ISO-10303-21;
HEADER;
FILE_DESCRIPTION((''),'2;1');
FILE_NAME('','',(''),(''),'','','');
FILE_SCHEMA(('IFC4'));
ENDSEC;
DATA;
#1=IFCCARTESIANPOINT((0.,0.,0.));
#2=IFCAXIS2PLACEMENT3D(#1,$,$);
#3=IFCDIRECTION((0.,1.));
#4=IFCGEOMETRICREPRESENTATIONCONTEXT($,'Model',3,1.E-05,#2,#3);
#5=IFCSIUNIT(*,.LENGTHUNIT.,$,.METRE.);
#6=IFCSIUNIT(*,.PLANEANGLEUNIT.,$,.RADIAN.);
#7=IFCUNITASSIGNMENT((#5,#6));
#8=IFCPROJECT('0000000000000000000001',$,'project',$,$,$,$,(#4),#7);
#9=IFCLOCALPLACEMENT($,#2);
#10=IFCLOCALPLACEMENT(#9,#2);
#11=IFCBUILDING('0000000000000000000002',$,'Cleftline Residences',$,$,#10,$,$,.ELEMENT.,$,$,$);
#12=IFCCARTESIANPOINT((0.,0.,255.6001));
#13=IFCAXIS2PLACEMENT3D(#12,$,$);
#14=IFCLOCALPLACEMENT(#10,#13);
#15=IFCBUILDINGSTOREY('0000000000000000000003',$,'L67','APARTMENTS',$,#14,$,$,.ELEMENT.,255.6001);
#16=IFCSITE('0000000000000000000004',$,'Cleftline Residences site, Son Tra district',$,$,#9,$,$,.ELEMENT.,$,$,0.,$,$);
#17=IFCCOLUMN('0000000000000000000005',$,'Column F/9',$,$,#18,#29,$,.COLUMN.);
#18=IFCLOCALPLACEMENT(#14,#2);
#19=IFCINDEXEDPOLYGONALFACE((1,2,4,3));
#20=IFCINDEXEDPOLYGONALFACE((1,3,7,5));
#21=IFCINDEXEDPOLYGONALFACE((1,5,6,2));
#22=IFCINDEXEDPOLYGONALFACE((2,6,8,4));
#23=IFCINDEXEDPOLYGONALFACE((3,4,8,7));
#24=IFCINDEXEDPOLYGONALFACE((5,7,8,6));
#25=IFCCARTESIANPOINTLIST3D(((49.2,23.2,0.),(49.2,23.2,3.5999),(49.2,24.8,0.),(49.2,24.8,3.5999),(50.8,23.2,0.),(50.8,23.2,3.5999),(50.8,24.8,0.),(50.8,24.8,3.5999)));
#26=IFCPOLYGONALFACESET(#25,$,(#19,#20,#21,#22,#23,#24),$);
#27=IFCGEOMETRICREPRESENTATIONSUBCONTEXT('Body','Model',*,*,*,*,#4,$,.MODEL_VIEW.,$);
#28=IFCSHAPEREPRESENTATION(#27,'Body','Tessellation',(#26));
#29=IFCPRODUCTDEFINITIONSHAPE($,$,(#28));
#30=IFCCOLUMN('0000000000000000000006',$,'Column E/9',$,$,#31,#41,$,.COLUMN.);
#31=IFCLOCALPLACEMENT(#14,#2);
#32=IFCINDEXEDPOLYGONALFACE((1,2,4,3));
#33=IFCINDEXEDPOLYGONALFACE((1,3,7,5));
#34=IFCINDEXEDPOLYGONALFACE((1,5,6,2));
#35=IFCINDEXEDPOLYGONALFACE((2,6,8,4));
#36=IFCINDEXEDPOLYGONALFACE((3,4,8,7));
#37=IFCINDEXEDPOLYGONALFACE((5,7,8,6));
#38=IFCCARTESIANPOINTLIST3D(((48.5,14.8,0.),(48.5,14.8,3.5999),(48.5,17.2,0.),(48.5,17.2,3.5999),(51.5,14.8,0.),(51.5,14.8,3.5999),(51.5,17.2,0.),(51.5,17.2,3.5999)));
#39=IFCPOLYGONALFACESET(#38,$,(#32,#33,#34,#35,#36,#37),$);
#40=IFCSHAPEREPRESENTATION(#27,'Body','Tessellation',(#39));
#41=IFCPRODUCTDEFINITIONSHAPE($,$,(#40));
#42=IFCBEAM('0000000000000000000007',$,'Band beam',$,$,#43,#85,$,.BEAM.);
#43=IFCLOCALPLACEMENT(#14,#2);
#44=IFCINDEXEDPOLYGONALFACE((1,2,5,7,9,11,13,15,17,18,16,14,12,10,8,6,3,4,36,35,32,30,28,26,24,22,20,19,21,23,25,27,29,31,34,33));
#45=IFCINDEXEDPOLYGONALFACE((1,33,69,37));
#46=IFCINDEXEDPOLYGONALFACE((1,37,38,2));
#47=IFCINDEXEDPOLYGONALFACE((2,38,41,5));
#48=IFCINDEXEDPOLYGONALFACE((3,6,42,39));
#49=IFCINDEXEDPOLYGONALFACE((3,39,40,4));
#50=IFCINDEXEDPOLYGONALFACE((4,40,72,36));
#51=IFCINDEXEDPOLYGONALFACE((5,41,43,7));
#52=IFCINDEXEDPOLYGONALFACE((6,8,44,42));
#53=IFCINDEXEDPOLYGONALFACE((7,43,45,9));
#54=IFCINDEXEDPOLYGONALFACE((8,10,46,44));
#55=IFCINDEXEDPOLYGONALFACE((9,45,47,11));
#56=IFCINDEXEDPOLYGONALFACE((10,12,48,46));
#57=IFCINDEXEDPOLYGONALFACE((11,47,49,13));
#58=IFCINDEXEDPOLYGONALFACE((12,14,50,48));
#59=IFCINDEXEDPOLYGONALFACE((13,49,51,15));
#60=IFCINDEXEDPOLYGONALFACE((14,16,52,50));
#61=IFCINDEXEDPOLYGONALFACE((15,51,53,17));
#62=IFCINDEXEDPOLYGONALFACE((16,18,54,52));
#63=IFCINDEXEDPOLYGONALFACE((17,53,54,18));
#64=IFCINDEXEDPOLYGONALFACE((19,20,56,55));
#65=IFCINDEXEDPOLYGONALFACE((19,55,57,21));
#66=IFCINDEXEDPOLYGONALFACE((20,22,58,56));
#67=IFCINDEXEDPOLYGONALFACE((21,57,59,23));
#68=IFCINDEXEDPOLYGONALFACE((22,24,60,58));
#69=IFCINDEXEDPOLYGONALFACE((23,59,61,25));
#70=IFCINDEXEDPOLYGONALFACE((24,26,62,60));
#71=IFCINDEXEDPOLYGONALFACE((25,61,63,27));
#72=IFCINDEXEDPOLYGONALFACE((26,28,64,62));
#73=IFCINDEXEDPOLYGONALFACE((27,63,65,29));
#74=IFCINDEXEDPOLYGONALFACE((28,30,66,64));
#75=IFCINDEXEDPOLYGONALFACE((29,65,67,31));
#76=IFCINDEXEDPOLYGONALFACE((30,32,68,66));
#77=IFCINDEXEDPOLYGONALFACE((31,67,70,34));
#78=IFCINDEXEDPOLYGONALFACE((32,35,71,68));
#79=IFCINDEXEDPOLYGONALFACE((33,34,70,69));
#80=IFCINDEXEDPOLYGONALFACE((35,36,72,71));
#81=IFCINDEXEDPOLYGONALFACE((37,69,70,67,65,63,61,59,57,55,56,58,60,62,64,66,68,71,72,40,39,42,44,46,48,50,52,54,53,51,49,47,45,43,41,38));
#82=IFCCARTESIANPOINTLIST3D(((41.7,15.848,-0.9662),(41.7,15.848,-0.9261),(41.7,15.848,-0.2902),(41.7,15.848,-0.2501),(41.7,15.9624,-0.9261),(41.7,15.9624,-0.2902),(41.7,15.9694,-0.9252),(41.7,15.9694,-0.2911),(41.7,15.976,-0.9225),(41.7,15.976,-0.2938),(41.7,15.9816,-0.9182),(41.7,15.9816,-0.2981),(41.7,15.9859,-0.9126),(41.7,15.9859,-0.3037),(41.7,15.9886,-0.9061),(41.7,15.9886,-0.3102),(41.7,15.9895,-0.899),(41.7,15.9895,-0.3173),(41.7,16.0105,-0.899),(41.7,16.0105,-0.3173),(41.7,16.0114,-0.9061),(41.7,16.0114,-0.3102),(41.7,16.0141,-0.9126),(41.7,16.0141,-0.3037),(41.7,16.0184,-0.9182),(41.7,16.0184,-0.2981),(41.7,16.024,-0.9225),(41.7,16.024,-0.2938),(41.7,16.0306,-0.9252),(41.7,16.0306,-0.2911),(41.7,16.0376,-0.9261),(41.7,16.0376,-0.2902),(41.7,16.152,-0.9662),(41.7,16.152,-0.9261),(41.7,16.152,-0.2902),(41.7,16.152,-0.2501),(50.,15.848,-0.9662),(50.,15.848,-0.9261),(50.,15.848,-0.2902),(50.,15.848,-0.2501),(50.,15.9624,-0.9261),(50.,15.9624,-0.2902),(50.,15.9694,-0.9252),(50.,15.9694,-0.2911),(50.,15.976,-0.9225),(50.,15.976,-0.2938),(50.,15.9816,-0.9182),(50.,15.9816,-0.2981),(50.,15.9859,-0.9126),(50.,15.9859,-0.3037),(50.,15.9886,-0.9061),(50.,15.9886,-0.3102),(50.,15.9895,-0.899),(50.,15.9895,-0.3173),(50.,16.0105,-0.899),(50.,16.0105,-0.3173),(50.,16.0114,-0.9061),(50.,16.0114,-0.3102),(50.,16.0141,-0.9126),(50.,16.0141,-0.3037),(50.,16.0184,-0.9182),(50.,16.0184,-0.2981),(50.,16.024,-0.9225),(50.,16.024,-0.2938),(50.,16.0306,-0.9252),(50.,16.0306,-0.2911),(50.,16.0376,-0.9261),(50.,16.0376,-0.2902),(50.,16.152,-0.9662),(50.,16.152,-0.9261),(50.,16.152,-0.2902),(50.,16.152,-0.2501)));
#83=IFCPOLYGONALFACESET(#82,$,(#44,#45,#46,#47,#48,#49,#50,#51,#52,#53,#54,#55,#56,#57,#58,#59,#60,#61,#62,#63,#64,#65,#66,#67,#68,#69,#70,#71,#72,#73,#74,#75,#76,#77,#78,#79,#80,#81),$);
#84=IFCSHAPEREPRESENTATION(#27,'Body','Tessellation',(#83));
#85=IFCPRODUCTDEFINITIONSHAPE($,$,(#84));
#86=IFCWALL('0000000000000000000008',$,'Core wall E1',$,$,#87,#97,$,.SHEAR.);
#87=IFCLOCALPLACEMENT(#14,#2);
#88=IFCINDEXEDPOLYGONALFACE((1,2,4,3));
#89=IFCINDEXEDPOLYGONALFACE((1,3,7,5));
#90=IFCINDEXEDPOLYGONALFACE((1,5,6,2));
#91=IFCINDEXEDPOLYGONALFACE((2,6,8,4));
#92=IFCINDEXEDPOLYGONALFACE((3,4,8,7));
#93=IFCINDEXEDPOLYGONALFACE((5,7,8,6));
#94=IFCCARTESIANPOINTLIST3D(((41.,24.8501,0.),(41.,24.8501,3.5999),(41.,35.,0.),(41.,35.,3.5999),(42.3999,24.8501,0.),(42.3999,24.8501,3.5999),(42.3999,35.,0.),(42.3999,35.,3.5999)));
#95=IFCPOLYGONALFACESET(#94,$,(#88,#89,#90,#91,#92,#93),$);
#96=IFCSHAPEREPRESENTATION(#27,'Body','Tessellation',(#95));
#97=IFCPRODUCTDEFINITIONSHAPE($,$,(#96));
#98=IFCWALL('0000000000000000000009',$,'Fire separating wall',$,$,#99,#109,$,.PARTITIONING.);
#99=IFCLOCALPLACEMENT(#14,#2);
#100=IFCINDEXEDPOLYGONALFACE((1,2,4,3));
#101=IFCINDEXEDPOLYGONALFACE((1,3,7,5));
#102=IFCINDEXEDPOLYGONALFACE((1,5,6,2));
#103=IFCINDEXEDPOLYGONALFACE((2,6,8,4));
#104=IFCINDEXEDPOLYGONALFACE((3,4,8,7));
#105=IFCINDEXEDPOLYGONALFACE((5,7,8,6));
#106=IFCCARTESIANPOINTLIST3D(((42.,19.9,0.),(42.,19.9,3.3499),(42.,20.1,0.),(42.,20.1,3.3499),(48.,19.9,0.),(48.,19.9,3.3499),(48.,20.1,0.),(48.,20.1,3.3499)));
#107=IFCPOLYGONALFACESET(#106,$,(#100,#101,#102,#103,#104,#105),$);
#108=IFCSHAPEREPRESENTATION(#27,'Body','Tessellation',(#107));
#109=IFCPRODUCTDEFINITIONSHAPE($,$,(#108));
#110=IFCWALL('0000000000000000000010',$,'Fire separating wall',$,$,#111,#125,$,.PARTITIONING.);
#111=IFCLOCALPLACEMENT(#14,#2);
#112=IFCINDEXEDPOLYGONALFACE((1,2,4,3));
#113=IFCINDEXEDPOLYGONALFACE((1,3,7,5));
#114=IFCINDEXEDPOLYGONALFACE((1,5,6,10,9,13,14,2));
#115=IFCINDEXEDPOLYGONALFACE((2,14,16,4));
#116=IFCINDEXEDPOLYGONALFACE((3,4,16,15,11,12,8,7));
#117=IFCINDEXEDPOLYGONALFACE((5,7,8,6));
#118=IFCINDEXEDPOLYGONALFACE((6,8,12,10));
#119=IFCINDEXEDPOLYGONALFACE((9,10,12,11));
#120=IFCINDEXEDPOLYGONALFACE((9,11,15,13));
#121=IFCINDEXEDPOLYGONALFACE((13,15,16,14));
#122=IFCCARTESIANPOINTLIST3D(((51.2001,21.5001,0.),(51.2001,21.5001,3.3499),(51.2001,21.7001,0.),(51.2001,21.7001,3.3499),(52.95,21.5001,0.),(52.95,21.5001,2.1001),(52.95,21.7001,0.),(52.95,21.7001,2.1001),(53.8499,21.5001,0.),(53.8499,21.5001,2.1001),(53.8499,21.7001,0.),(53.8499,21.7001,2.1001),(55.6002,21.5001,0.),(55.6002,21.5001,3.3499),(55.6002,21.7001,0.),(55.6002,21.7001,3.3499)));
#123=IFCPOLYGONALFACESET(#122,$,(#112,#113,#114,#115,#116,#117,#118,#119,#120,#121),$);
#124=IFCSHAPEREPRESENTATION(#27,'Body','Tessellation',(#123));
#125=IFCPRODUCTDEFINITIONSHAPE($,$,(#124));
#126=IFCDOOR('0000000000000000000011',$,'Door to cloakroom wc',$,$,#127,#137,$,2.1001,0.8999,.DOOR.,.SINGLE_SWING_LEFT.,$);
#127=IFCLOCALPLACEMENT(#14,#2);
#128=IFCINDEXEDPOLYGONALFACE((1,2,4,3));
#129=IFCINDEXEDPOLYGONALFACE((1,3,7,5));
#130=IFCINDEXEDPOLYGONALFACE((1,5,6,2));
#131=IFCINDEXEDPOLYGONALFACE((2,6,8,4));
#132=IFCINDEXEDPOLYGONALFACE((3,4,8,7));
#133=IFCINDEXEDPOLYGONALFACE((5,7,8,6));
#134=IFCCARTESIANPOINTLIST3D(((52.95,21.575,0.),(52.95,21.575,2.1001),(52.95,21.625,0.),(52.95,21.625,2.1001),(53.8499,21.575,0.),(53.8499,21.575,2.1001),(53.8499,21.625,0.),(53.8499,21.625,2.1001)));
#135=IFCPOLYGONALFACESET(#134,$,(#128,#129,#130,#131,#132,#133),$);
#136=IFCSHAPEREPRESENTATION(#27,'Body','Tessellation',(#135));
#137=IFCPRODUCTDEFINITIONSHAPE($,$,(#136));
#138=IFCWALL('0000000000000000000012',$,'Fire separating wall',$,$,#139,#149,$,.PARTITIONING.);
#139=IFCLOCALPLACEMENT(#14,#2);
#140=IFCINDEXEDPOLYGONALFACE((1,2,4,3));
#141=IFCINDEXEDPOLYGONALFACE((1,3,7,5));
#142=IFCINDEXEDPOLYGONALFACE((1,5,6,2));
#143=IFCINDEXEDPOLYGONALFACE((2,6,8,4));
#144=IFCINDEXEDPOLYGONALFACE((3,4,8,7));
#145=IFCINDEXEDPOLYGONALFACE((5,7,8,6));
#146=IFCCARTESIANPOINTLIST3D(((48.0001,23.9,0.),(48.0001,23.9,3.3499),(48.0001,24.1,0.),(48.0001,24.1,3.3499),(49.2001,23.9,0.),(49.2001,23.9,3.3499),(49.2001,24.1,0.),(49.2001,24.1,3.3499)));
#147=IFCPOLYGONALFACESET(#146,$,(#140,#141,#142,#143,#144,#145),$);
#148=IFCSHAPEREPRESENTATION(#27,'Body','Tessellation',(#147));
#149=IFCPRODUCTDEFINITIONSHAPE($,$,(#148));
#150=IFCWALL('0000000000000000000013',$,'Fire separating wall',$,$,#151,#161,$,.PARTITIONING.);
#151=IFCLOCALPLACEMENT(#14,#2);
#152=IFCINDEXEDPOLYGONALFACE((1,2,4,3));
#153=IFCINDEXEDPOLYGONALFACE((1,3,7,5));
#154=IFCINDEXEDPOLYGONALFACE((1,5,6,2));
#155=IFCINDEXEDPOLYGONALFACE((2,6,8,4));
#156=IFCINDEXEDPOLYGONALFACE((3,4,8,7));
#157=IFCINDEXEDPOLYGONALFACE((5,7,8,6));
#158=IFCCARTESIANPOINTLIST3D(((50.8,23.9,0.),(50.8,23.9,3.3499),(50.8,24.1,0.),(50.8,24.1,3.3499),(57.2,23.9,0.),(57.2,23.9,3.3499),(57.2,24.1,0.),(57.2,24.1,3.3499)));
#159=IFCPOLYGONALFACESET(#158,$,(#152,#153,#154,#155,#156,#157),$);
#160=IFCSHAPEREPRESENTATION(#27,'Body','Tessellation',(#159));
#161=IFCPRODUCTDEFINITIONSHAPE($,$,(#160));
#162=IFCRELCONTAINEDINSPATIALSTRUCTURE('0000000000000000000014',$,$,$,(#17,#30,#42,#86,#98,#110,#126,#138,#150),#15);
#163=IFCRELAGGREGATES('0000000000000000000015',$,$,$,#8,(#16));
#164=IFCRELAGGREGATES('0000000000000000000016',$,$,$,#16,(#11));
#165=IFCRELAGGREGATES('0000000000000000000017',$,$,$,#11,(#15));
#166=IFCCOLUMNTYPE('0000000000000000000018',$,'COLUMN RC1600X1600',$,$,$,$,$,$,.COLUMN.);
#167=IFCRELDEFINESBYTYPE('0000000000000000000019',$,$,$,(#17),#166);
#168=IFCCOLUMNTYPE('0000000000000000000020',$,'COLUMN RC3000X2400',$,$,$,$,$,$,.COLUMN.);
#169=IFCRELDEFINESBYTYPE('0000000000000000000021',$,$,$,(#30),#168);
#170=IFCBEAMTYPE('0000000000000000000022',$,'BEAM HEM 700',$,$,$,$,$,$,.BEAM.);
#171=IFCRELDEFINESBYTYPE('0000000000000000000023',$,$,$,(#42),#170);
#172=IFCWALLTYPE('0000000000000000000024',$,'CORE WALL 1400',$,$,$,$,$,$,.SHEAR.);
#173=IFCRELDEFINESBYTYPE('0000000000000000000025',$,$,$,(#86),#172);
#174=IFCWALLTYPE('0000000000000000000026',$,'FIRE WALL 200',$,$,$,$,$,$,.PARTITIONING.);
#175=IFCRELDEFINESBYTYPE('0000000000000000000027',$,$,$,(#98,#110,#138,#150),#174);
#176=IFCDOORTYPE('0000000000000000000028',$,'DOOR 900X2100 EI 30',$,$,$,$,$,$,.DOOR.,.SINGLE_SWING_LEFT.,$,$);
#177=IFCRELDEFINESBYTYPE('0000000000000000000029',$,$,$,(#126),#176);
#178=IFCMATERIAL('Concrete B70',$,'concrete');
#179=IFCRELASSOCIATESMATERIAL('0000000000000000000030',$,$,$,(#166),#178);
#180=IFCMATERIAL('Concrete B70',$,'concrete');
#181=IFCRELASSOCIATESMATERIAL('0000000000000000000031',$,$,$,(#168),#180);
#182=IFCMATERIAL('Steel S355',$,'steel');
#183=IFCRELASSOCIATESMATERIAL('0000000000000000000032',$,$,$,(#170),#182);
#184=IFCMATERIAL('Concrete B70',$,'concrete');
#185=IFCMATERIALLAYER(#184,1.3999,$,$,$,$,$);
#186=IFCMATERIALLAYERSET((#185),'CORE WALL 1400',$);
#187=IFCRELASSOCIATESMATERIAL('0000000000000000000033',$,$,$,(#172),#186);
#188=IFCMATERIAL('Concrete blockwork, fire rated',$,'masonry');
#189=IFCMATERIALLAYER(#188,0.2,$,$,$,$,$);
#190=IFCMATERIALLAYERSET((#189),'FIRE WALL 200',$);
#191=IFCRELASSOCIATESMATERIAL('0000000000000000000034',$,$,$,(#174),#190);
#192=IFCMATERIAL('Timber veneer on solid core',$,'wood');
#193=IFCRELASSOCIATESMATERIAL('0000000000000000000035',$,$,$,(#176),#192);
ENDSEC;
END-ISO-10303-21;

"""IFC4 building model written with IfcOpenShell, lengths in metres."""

from ifc_helpers import new_model, si_unit, direction, frame, frame_2d, origin, origin_2d, place, context, subcontext, project, spatial, rectangle, i_section, extrude, material, layer, layer_set, material_profile, profile_set, type_object, element, fill, save


model = new_model("IFC4")

# Units and contexts
model_context = context("Model", 3, precision=1e-05, world=origin(), true_north=direction((0.0, 1.0)))
body_context = subcontext(model_context, "Body", "Model", "MODEL_VIEW")
ifc_project = project(units=[si_unit("LENGTHUNIT", "METRE"), si_unit("PLANEANGLEUNIT", "RADIAN")], contexts=[model_context])

# Site, building, storey
site_placement = place(None, origin())
site = spatial("IfcSite", under=ifc_project, at=site_placement, Name="Cleftline Residences site, Son Tra district", CompositionType="ELEMENT", RefElevation=0.0)
building_placement = place(site_placement, origin())
building = spatial("IfcBuilding", under=site, at=building_placement, Name="Cleftline Residences", CompositionType="ELEMENT")
storey_placement = place(building_placement, frame((0.0, 0.0, 255.6001)))
storey = spatial("IfcBuildingStorey", under=building, at=storey_placement, Name="L67", Description="APARTMENTS", CompositionType="ELEMENT", Elevation=255.6001)

# Columns
ifc_material_1 = material(Name="Concrete B70", Category="concrete")
ifc_material_profile_1 = material_profile(ifc_material_1, rectangle(XDim=1.6001, YDim=1.6001, at=origin_2d()))
ifc_profile_set_1 = profile_set([ifc_material_profile_1], Name="Concrete B70")
column_type_1 = type_object("IfcColumnType", Name="COLUMN RC1600X1600", PredefinedType="COLUMN", material=ifc_profile_set_1)
column_1_placement = place(storey_placement, frame((50.0, 24.0, 0.0), z_axis=(0.0, 0.0, 1.0), x_axis=(1.0, 0.0, 0.0)))
element("IfcColumn", 1, at=column_1_placement, inside=storey, type_object=column_type_1, Name="Column F/9", PredefinedType="COLUMN", context=body_context, shape_type="SweptSolid", body=[
    extrude(rectangle(XDim=1.6001, YDim=1.6001, at=origin_2d()), origin(), (0.0, 0.0, 1.0), 3.5999),
])
ifc_material_2 = material(Name="Concrete B70", Category="concrete")
ifc_material_profile_2 = material_profile(ifc_material_2, rectangle(XDim=3.0, YDim=2.3999, at=origin_2d()))
ifc_profile_set_2 = profile_set([ifc_material_profile_2], Name="Concrete B70")
column_type_2 = type_object("IfcColumnType", Name="COLUMN RC3000X2400", PredefinedType="COLUMN", material=ifc_profile_set_2)
column_2_placement = place(storey_placement, frame((50.0, 16.0, 0.0), z_axis=(0.0, 0.0, 1.0), x_axis=(1.0, 0.0, 0.0)))
element("IfcColumn", 2, at=column_2_placement, inside=storey, type_object=column_type_2, Name="Column E/9", PredefinedType="COLUMN", context=body_context, shape_type="SweptSolid", body=[
    extrude(rectangle(XDim=3.0, YDim=2.3999, at=origin_2d()), origin(), (0.0, 0.0, 1.0), 3.5999),
])

# Beam
ifc_material_3 = material(Name="Steel S355", Category="steel")
ifc_material_profile_3 = material_profile(ifc_material_3, i_section(OverallWidth=0.304, OverallDepth=0.7161, WebThickness=0.021, FlangeThickness=0.04, FilletRadius=0.0271, at=origin_2d()))
ifc_profile_set_3 = profile_set([ifc_material_profile_3], Name="Steel S355")
beam_type = type_object("IfcBeamType", Name="BEAM HEM 700", PredefinedType="BEAM", material=ifc_profile_set_3)
beam_placement = place(storey_placement, frame((50.0, 16.0, -0.6082), z_axis=(-1.0, 0.0, 0.0), x_axis=(0.0, -1.0, 0.0)))
element("IfcBeam", 3, at=beam_placement, inside=storey, type_object=beam_type, Name="Band beam", PredefinedType="BEAM", context=body_context, shape_type="SweptSolid", body=[
    extrude(i_section(OverallWidth=0.304, OverallDepth=0.7161, WebThickness=0.021, FlangeThickness=0.04, FilletRadius=0.0271, at=origin_2d()), origin(), (0.0, 0.0, 1.0), 8.3),
])

# Walls
ifc_material_4 = material(Name="Concrete B70", Category="concrete")
ifc_layer_1 = layer(ifc_material_4, 1.3999)
ifc_layer_set_1 = layer_set([ifc_layer_1], Name="CORE WALL 1400")
wall_type_1 = type_object("IfcWallType", Name="CORE WALL 1400", PredefinedType="SHEAR", material=ifc_layer_set_1)
wall_1_placement = place(storey_placement, frame((41.7, 24.8501, 0.0), z_axis=(0.0, 0.0, 1.0), x_axis=(0.0, 1.0, 0.0)))
element("IfcWall", 4, at=wall_1_placement, inside=storey, type_object=wall_type_1, Name="Core wall E1", PredefinedType="SHEAR", context=body_context, shape_type="SweptSolid", body=[
    extrude(rectangle(XDim=10.1499, YDim=1.3999, at=frame_2d((5.075, 0.0))), origin(), (0.0, 0.0, 1.0), 3.5999),
])
ifc_material_5 = material(Name="Concrete blockwork, fire rated", Category="masonry")
ifc_layer_2 = layer(ifc_material_5, 0.2)
ifc_layer_set_2 = layer_set([ifc_layer_2], Name="FIRE WALL 200")
wall_type_2 = type_object("IfcWallType", Name="FIRE WALL 200", PredefinedType="PARTITIONING", material=ifc_layer_set_2)
wall_2_placement = place(storey_placement, frame((42.0, 20.0, 0.0), z_axis=(0.0, 0.0, 1.0), x_axis=(1.0, 0.0, 0.0)))
element("IfcWall", 5, at=wall_2_placement, inside=storey, type_object=wall_type_2, Name="Fire separating wall", PredefinedType="PARTITIONING", context=body_context, shape_type="SweptSolid", body=[
    extrude(rectangle(XDim=6.0, YDim=0.2, at=frame_2d((3.0, 0.0))), origin(), (0.0, 0.0, 1.0), 3.3499),
])

# Wall, opening, door
wall_3_placement = place(storey_placement, frame((51.2, 21.6001, 0.0), z_axis=(0.0, 0.0, 1.0), x_axis=(1.0, 0.0, 0.0)))
wall_3 = element("IfcWall", 6, at=wall_3_placement, inside=storey, type_object=wall_type_2, Name="Fire separating wall", PredefinedType="PARTITIONING", context=body_context, shape_type="SweptSolid", body=[
    extrude(rectangle(XDim=4.4001, YDim=0.2, at=frame_2d((2.2002, 0.0))), origin(), (0.0, 0.0, 1.0), 3.3499),
])
opening_1_placement = place(wall_3_placement, frame((1.75, 0.0, 0.0)))
opening_1 = element("IfcOpeningElement", 7, at=opening_1_placement, cuts=wall_3, PredefinedType="OPENING", context=body_context, shape_type="SweptSolid", body=[
    extrude(rectangle(XDim=0.8999, YDim=2.1001, at=frame_2d((0.45, 1.05))), frame((0.0, 0.1099, 0.0), z_axis=(0.0, -1.0, 0.0), x_axis=(1.0, 0.0, 0.0)), (0.0, 0.0, 1.0), 0.22),
])
ifc_material_6 = material(Name="Timber veneer on solid core", Category="wood")
door_type_1 = type_object("IfcDoorType", Name="DOOR 900X2100 EI 30", OperationType="SINGLE_SWING_LEFT", PredefinedType="DOOR", material=ifc_material_6)
door_1_placement = place(opening_1_placement, origin())
door_1 = element("IfcDoor", 8, at=door_1_placement, inside=storey, type_object=door_type_1, Name="Door to cloakroom wc", OperationType="SINGLE_SWING_LEFT", OverallHeight=2.1001, OverallWidth=0.8999, PredefinedType="DOOR", context=body_context, shape_type="SweptSolid", body=[
    extrude(rectangle(XDim=0.8999, YDim=2.1001, at=frame_2d((0.45, 1.05))), frame((0.0, 0.0249, 0.0), z_axis=(0.0, -1.0, 0.0), x_axis=(1.0, 0.0, 0.0)), (0.0, 0.0, 1.0), 0.05),
])
fill(opening_1, door_1)

# Walls
wall_4_placement = place(storey_placement, frame((48.0, 24.0, 0.0), z_axis=(0.0, 0.0, 1.0), x_axis=(1.0, 0.0, 0.0)))
element("IfcWall", 9, at=wall_4_placement, inside=storey, type_object=wall_type_2, Name="Fire separating wall", PredefinedType="PARTITIONING", context=body_context, shape_type="SweptSolid", body=[
    extrude(rectangle(XDim=1.2, YDim=0.2, at=frame_2d((0.6001, 0.0))), origin(), (0.0, 0.0, 1.0), 3.3499),
])
wall_5_placement = place(storey_placement, frame((50.8, 24.0, 0.0), z_axis=(0.0, 0.0, 1.0), x_axis=(1.0, 0.0, 0.0)))
element("IfcWall", 10, at=wall_5_placement, inside=storey, type_object=wall_type_2, Name="Fire separating wall", PredefinedType="PARTITIONING", context=body_context, shape_type="SweptSolid", body=[
    extrude(rectangle(XDim=6.3999, YDim=0.2, at=frame_2d((3.2, 0.0))), origin(), (0.0, 0.0, 1.0), 3.3499),
])

save(model, "model.ifc")
